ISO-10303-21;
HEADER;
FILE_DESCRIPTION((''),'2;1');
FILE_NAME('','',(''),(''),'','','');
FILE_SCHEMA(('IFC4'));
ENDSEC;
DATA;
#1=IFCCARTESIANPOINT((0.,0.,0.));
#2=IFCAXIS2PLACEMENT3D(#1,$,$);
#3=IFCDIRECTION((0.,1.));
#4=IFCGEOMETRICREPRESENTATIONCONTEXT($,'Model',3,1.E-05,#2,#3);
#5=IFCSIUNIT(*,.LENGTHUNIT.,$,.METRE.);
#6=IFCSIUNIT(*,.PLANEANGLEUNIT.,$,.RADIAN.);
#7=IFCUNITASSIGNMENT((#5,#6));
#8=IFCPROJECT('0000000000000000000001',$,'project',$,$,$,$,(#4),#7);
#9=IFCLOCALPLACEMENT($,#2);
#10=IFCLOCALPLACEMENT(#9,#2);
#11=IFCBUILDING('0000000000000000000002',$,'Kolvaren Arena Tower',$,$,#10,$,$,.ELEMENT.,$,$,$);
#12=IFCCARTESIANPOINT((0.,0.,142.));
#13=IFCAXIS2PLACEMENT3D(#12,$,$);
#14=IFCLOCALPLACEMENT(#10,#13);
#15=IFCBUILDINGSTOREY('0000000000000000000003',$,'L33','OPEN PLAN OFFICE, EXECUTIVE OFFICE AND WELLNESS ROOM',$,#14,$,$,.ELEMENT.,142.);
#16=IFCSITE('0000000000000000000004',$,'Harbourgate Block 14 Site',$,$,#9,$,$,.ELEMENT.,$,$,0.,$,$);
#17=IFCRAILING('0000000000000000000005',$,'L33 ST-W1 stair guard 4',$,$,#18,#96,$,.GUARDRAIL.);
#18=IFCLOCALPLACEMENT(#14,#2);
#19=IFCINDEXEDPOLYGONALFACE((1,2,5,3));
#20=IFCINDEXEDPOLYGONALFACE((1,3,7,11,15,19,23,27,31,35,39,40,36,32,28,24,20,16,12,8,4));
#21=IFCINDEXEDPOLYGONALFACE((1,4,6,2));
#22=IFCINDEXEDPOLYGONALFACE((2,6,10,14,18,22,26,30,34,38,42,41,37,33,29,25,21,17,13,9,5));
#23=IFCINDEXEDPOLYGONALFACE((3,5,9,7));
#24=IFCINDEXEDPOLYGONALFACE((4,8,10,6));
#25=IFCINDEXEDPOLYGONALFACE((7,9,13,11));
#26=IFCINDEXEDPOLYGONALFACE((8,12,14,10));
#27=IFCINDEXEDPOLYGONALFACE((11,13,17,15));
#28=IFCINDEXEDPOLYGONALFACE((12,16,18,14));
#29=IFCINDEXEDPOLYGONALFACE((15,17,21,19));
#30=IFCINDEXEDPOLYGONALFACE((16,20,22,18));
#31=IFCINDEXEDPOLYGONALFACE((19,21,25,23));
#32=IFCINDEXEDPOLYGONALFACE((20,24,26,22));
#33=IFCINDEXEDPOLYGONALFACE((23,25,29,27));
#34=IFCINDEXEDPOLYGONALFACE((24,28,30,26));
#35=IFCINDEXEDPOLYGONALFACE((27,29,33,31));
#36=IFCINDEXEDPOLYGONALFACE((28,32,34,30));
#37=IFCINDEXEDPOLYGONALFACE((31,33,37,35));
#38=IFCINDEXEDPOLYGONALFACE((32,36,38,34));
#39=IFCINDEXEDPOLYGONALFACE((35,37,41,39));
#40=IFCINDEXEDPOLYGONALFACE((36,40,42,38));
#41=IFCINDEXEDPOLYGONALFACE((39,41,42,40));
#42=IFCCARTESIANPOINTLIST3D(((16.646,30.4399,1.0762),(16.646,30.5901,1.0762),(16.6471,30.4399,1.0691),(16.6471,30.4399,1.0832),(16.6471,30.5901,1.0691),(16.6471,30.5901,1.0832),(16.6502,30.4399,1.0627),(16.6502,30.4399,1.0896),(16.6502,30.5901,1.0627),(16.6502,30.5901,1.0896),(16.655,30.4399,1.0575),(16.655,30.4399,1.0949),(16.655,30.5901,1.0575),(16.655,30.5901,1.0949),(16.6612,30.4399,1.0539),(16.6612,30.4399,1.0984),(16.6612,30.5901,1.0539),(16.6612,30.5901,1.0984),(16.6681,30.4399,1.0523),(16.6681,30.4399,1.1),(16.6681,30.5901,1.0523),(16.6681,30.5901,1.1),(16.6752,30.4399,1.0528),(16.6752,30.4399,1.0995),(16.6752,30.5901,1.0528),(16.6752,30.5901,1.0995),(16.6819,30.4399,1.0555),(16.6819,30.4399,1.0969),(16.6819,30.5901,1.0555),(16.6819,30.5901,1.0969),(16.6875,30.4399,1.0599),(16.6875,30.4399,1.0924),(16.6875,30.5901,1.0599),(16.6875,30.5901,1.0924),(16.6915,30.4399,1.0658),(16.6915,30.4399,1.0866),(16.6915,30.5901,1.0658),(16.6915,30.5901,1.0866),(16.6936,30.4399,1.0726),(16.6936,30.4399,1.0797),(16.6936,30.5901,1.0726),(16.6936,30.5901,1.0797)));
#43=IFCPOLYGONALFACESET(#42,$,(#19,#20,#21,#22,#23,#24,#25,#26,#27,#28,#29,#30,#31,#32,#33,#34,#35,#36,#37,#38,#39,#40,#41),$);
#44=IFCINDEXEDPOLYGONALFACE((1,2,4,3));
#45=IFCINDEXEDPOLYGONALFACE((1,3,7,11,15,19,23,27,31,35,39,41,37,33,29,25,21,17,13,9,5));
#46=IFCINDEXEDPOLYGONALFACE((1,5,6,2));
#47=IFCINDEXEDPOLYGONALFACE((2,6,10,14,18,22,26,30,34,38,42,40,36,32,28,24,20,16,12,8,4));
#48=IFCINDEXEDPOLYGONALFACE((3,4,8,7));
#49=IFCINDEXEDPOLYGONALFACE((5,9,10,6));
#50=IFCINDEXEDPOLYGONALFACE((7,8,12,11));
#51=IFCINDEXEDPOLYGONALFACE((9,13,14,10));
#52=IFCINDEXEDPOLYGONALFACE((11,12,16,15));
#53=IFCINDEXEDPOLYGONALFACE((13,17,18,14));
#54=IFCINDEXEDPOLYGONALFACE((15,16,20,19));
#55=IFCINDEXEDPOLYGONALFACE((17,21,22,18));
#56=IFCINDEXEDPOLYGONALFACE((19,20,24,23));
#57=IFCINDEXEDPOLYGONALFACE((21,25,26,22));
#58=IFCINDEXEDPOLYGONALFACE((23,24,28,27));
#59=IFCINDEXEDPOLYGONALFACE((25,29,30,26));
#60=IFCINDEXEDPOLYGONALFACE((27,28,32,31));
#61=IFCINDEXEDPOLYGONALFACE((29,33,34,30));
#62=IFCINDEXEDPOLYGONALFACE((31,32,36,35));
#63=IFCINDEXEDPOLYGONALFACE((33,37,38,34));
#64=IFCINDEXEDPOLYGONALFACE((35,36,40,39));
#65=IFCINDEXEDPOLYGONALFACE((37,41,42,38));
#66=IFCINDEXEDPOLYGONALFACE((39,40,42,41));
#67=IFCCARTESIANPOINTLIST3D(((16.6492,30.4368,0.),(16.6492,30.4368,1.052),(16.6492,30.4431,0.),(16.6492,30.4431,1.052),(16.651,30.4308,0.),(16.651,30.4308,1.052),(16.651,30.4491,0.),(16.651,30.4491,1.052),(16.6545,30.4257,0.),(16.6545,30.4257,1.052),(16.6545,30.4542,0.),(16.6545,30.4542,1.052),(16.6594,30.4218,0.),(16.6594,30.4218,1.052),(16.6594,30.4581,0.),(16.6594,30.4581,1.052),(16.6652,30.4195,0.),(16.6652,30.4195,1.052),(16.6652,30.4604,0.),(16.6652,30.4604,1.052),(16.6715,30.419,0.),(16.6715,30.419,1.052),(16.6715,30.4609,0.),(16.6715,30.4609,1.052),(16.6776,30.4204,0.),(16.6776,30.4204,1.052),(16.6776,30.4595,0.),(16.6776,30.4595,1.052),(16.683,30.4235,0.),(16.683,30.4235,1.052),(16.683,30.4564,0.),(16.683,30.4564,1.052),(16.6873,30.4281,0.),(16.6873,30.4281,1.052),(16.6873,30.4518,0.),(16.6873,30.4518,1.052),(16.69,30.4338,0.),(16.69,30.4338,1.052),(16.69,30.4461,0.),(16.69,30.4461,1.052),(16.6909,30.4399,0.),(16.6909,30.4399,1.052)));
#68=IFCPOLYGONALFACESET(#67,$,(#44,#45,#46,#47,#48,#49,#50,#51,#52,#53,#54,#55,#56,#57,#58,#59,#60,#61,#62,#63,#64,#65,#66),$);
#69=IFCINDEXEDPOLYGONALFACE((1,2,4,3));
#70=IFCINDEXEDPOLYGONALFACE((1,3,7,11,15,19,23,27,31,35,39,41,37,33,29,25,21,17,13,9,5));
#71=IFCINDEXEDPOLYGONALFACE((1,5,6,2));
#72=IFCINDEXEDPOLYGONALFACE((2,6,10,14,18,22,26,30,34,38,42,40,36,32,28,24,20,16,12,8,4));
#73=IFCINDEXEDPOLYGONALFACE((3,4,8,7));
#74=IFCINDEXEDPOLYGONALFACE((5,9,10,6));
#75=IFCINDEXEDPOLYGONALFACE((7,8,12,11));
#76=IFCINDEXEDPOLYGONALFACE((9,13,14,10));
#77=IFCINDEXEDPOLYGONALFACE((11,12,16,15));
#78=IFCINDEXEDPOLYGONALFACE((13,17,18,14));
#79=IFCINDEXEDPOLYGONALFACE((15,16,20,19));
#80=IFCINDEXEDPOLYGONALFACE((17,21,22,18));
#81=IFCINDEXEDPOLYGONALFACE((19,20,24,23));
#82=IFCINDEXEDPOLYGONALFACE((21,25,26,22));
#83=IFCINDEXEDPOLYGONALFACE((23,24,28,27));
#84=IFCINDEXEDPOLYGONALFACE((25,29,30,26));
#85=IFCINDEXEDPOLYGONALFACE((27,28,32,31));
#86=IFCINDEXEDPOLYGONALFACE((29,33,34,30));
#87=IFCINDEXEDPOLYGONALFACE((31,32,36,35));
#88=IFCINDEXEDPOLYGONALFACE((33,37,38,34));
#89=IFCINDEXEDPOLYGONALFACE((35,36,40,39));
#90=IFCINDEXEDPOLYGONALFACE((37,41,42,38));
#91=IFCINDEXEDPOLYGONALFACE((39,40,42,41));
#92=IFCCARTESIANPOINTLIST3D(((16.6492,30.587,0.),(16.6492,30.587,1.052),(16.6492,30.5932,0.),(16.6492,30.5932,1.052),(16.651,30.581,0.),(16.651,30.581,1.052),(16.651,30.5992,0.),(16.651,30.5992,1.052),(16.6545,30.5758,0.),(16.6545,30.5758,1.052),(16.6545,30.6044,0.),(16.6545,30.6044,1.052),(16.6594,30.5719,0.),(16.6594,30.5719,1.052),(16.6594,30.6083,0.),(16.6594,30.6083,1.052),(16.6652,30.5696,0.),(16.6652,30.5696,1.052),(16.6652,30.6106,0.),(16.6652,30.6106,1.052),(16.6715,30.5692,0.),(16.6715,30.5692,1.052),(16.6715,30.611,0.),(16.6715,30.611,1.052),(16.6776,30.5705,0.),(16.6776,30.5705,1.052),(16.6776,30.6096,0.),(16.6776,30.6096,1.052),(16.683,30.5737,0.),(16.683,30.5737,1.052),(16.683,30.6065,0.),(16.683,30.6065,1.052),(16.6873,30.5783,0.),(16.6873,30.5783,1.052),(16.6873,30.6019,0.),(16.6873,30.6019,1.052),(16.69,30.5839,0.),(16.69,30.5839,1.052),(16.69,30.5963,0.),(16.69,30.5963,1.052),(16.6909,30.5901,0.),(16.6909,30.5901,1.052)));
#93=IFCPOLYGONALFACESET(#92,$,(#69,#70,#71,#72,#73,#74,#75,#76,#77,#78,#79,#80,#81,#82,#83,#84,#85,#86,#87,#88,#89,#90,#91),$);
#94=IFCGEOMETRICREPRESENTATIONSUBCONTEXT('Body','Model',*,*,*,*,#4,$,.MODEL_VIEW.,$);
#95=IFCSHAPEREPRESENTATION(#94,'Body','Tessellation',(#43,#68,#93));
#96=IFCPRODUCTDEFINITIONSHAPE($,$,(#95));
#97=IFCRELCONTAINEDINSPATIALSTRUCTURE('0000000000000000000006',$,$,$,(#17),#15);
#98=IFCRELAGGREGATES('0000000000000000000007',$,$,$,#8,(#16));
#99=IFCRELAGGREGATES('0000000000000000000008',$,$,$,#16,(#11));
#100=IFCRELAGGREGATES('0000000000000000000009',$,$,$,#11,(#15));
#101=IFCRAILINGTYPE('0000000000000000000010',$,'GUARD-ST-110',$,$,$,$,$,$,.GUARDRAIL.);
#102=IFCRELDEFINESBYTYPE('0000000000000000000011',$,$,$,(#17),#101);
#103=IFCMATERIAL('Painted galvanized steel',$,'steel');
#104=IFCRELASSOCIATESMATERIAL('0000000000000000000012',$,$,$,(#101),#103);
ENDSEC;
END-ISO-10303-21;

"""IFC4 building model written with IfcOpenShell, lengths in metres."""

from ifc_helpers import new_model, si_unit, direction, frame, origin, origin_2d, place, context, subcontext, project, spatial, circle, extrude, material, type_object, element, save


model = new_model("IFC4")

# Units and contexts
model_context = context("Model", 3, precision=1e-05, world=origin(), true_north=direction((0.0, 1.0)))
body_context = subcontext(model_context, "Body", "Model", "MODEL_VIEW")
ifc_project = project(units=[si_unit("LENGTHUNIT", "METRE"), si_unit("PLANEANGLEUNIT", "RADIAN")], contexts=[model_context])

# Site, building, storey
site_placement = place(None, origin())
site = spatial("IfcSite", under=ifc_project, at=site_placement, Name="Harbourgate Block 14 Site", CompositionType="ELEMENT", RefElevation=0.0)
building_placement = place(site_placement, origin())
building = spatial("IfcBuilding", under=site, at=building_placement, Name="Kolvaren Arena Tower", CompositionType="ELEMENT")
storey_placement = place(building_placement, frame((0.0, 0.0, 142.0)))
storey = spatial("IfcBuildingStorey", under=building, at=storey_placement, Name="L33", Description="OPEN PLAN OFFICE, EXECUTIVE OFFICE AND WELLNESS ROOM", CompositionType="ELEMENT", Elevation=142.0)

# Railing
ifc_material_1 = material(Name="Painted galvanized steel", Category="steel")
railing_type_1 = type_object("IfcRailingType", Name="GUARD-ST-110", PredefinedType="GUARDRAIL", material=ifc_material_1)
railing_1_placement = place(storey_placement, frame((16.6699, 30.4399, 0.0)))
element("IfcRailing", 1, at=railing_1_placement, inside=storey, type_object=railing_type_1, Name="L33 ST-W1 stair guard 4", PredefinedType="GUARDRAIL", context=body_context, shape_type="SweptSolid", body=[
    extrude(circle(Radius=0.0239, at=origin_2d()), frame((0.0, 0.0, 1.0762), z_axis=(0.0, 1.0, 0.0), x_axis=(-1.0, 0.0, 0.0)), (0.0, 0.0, 1.0), 0.1501),
    extrude(circle(Radius=0.021, at=origin_2d()), origin(), (0.0, 0.0, 1.0), 1.052),
    extrude(circle(Radius=0.021, at=origin_2d()), frame((0.0, 0.1501, 0.0)), (0.0, 0.0, 1.0), 1.052),
])

save(model, "model.ifc")
